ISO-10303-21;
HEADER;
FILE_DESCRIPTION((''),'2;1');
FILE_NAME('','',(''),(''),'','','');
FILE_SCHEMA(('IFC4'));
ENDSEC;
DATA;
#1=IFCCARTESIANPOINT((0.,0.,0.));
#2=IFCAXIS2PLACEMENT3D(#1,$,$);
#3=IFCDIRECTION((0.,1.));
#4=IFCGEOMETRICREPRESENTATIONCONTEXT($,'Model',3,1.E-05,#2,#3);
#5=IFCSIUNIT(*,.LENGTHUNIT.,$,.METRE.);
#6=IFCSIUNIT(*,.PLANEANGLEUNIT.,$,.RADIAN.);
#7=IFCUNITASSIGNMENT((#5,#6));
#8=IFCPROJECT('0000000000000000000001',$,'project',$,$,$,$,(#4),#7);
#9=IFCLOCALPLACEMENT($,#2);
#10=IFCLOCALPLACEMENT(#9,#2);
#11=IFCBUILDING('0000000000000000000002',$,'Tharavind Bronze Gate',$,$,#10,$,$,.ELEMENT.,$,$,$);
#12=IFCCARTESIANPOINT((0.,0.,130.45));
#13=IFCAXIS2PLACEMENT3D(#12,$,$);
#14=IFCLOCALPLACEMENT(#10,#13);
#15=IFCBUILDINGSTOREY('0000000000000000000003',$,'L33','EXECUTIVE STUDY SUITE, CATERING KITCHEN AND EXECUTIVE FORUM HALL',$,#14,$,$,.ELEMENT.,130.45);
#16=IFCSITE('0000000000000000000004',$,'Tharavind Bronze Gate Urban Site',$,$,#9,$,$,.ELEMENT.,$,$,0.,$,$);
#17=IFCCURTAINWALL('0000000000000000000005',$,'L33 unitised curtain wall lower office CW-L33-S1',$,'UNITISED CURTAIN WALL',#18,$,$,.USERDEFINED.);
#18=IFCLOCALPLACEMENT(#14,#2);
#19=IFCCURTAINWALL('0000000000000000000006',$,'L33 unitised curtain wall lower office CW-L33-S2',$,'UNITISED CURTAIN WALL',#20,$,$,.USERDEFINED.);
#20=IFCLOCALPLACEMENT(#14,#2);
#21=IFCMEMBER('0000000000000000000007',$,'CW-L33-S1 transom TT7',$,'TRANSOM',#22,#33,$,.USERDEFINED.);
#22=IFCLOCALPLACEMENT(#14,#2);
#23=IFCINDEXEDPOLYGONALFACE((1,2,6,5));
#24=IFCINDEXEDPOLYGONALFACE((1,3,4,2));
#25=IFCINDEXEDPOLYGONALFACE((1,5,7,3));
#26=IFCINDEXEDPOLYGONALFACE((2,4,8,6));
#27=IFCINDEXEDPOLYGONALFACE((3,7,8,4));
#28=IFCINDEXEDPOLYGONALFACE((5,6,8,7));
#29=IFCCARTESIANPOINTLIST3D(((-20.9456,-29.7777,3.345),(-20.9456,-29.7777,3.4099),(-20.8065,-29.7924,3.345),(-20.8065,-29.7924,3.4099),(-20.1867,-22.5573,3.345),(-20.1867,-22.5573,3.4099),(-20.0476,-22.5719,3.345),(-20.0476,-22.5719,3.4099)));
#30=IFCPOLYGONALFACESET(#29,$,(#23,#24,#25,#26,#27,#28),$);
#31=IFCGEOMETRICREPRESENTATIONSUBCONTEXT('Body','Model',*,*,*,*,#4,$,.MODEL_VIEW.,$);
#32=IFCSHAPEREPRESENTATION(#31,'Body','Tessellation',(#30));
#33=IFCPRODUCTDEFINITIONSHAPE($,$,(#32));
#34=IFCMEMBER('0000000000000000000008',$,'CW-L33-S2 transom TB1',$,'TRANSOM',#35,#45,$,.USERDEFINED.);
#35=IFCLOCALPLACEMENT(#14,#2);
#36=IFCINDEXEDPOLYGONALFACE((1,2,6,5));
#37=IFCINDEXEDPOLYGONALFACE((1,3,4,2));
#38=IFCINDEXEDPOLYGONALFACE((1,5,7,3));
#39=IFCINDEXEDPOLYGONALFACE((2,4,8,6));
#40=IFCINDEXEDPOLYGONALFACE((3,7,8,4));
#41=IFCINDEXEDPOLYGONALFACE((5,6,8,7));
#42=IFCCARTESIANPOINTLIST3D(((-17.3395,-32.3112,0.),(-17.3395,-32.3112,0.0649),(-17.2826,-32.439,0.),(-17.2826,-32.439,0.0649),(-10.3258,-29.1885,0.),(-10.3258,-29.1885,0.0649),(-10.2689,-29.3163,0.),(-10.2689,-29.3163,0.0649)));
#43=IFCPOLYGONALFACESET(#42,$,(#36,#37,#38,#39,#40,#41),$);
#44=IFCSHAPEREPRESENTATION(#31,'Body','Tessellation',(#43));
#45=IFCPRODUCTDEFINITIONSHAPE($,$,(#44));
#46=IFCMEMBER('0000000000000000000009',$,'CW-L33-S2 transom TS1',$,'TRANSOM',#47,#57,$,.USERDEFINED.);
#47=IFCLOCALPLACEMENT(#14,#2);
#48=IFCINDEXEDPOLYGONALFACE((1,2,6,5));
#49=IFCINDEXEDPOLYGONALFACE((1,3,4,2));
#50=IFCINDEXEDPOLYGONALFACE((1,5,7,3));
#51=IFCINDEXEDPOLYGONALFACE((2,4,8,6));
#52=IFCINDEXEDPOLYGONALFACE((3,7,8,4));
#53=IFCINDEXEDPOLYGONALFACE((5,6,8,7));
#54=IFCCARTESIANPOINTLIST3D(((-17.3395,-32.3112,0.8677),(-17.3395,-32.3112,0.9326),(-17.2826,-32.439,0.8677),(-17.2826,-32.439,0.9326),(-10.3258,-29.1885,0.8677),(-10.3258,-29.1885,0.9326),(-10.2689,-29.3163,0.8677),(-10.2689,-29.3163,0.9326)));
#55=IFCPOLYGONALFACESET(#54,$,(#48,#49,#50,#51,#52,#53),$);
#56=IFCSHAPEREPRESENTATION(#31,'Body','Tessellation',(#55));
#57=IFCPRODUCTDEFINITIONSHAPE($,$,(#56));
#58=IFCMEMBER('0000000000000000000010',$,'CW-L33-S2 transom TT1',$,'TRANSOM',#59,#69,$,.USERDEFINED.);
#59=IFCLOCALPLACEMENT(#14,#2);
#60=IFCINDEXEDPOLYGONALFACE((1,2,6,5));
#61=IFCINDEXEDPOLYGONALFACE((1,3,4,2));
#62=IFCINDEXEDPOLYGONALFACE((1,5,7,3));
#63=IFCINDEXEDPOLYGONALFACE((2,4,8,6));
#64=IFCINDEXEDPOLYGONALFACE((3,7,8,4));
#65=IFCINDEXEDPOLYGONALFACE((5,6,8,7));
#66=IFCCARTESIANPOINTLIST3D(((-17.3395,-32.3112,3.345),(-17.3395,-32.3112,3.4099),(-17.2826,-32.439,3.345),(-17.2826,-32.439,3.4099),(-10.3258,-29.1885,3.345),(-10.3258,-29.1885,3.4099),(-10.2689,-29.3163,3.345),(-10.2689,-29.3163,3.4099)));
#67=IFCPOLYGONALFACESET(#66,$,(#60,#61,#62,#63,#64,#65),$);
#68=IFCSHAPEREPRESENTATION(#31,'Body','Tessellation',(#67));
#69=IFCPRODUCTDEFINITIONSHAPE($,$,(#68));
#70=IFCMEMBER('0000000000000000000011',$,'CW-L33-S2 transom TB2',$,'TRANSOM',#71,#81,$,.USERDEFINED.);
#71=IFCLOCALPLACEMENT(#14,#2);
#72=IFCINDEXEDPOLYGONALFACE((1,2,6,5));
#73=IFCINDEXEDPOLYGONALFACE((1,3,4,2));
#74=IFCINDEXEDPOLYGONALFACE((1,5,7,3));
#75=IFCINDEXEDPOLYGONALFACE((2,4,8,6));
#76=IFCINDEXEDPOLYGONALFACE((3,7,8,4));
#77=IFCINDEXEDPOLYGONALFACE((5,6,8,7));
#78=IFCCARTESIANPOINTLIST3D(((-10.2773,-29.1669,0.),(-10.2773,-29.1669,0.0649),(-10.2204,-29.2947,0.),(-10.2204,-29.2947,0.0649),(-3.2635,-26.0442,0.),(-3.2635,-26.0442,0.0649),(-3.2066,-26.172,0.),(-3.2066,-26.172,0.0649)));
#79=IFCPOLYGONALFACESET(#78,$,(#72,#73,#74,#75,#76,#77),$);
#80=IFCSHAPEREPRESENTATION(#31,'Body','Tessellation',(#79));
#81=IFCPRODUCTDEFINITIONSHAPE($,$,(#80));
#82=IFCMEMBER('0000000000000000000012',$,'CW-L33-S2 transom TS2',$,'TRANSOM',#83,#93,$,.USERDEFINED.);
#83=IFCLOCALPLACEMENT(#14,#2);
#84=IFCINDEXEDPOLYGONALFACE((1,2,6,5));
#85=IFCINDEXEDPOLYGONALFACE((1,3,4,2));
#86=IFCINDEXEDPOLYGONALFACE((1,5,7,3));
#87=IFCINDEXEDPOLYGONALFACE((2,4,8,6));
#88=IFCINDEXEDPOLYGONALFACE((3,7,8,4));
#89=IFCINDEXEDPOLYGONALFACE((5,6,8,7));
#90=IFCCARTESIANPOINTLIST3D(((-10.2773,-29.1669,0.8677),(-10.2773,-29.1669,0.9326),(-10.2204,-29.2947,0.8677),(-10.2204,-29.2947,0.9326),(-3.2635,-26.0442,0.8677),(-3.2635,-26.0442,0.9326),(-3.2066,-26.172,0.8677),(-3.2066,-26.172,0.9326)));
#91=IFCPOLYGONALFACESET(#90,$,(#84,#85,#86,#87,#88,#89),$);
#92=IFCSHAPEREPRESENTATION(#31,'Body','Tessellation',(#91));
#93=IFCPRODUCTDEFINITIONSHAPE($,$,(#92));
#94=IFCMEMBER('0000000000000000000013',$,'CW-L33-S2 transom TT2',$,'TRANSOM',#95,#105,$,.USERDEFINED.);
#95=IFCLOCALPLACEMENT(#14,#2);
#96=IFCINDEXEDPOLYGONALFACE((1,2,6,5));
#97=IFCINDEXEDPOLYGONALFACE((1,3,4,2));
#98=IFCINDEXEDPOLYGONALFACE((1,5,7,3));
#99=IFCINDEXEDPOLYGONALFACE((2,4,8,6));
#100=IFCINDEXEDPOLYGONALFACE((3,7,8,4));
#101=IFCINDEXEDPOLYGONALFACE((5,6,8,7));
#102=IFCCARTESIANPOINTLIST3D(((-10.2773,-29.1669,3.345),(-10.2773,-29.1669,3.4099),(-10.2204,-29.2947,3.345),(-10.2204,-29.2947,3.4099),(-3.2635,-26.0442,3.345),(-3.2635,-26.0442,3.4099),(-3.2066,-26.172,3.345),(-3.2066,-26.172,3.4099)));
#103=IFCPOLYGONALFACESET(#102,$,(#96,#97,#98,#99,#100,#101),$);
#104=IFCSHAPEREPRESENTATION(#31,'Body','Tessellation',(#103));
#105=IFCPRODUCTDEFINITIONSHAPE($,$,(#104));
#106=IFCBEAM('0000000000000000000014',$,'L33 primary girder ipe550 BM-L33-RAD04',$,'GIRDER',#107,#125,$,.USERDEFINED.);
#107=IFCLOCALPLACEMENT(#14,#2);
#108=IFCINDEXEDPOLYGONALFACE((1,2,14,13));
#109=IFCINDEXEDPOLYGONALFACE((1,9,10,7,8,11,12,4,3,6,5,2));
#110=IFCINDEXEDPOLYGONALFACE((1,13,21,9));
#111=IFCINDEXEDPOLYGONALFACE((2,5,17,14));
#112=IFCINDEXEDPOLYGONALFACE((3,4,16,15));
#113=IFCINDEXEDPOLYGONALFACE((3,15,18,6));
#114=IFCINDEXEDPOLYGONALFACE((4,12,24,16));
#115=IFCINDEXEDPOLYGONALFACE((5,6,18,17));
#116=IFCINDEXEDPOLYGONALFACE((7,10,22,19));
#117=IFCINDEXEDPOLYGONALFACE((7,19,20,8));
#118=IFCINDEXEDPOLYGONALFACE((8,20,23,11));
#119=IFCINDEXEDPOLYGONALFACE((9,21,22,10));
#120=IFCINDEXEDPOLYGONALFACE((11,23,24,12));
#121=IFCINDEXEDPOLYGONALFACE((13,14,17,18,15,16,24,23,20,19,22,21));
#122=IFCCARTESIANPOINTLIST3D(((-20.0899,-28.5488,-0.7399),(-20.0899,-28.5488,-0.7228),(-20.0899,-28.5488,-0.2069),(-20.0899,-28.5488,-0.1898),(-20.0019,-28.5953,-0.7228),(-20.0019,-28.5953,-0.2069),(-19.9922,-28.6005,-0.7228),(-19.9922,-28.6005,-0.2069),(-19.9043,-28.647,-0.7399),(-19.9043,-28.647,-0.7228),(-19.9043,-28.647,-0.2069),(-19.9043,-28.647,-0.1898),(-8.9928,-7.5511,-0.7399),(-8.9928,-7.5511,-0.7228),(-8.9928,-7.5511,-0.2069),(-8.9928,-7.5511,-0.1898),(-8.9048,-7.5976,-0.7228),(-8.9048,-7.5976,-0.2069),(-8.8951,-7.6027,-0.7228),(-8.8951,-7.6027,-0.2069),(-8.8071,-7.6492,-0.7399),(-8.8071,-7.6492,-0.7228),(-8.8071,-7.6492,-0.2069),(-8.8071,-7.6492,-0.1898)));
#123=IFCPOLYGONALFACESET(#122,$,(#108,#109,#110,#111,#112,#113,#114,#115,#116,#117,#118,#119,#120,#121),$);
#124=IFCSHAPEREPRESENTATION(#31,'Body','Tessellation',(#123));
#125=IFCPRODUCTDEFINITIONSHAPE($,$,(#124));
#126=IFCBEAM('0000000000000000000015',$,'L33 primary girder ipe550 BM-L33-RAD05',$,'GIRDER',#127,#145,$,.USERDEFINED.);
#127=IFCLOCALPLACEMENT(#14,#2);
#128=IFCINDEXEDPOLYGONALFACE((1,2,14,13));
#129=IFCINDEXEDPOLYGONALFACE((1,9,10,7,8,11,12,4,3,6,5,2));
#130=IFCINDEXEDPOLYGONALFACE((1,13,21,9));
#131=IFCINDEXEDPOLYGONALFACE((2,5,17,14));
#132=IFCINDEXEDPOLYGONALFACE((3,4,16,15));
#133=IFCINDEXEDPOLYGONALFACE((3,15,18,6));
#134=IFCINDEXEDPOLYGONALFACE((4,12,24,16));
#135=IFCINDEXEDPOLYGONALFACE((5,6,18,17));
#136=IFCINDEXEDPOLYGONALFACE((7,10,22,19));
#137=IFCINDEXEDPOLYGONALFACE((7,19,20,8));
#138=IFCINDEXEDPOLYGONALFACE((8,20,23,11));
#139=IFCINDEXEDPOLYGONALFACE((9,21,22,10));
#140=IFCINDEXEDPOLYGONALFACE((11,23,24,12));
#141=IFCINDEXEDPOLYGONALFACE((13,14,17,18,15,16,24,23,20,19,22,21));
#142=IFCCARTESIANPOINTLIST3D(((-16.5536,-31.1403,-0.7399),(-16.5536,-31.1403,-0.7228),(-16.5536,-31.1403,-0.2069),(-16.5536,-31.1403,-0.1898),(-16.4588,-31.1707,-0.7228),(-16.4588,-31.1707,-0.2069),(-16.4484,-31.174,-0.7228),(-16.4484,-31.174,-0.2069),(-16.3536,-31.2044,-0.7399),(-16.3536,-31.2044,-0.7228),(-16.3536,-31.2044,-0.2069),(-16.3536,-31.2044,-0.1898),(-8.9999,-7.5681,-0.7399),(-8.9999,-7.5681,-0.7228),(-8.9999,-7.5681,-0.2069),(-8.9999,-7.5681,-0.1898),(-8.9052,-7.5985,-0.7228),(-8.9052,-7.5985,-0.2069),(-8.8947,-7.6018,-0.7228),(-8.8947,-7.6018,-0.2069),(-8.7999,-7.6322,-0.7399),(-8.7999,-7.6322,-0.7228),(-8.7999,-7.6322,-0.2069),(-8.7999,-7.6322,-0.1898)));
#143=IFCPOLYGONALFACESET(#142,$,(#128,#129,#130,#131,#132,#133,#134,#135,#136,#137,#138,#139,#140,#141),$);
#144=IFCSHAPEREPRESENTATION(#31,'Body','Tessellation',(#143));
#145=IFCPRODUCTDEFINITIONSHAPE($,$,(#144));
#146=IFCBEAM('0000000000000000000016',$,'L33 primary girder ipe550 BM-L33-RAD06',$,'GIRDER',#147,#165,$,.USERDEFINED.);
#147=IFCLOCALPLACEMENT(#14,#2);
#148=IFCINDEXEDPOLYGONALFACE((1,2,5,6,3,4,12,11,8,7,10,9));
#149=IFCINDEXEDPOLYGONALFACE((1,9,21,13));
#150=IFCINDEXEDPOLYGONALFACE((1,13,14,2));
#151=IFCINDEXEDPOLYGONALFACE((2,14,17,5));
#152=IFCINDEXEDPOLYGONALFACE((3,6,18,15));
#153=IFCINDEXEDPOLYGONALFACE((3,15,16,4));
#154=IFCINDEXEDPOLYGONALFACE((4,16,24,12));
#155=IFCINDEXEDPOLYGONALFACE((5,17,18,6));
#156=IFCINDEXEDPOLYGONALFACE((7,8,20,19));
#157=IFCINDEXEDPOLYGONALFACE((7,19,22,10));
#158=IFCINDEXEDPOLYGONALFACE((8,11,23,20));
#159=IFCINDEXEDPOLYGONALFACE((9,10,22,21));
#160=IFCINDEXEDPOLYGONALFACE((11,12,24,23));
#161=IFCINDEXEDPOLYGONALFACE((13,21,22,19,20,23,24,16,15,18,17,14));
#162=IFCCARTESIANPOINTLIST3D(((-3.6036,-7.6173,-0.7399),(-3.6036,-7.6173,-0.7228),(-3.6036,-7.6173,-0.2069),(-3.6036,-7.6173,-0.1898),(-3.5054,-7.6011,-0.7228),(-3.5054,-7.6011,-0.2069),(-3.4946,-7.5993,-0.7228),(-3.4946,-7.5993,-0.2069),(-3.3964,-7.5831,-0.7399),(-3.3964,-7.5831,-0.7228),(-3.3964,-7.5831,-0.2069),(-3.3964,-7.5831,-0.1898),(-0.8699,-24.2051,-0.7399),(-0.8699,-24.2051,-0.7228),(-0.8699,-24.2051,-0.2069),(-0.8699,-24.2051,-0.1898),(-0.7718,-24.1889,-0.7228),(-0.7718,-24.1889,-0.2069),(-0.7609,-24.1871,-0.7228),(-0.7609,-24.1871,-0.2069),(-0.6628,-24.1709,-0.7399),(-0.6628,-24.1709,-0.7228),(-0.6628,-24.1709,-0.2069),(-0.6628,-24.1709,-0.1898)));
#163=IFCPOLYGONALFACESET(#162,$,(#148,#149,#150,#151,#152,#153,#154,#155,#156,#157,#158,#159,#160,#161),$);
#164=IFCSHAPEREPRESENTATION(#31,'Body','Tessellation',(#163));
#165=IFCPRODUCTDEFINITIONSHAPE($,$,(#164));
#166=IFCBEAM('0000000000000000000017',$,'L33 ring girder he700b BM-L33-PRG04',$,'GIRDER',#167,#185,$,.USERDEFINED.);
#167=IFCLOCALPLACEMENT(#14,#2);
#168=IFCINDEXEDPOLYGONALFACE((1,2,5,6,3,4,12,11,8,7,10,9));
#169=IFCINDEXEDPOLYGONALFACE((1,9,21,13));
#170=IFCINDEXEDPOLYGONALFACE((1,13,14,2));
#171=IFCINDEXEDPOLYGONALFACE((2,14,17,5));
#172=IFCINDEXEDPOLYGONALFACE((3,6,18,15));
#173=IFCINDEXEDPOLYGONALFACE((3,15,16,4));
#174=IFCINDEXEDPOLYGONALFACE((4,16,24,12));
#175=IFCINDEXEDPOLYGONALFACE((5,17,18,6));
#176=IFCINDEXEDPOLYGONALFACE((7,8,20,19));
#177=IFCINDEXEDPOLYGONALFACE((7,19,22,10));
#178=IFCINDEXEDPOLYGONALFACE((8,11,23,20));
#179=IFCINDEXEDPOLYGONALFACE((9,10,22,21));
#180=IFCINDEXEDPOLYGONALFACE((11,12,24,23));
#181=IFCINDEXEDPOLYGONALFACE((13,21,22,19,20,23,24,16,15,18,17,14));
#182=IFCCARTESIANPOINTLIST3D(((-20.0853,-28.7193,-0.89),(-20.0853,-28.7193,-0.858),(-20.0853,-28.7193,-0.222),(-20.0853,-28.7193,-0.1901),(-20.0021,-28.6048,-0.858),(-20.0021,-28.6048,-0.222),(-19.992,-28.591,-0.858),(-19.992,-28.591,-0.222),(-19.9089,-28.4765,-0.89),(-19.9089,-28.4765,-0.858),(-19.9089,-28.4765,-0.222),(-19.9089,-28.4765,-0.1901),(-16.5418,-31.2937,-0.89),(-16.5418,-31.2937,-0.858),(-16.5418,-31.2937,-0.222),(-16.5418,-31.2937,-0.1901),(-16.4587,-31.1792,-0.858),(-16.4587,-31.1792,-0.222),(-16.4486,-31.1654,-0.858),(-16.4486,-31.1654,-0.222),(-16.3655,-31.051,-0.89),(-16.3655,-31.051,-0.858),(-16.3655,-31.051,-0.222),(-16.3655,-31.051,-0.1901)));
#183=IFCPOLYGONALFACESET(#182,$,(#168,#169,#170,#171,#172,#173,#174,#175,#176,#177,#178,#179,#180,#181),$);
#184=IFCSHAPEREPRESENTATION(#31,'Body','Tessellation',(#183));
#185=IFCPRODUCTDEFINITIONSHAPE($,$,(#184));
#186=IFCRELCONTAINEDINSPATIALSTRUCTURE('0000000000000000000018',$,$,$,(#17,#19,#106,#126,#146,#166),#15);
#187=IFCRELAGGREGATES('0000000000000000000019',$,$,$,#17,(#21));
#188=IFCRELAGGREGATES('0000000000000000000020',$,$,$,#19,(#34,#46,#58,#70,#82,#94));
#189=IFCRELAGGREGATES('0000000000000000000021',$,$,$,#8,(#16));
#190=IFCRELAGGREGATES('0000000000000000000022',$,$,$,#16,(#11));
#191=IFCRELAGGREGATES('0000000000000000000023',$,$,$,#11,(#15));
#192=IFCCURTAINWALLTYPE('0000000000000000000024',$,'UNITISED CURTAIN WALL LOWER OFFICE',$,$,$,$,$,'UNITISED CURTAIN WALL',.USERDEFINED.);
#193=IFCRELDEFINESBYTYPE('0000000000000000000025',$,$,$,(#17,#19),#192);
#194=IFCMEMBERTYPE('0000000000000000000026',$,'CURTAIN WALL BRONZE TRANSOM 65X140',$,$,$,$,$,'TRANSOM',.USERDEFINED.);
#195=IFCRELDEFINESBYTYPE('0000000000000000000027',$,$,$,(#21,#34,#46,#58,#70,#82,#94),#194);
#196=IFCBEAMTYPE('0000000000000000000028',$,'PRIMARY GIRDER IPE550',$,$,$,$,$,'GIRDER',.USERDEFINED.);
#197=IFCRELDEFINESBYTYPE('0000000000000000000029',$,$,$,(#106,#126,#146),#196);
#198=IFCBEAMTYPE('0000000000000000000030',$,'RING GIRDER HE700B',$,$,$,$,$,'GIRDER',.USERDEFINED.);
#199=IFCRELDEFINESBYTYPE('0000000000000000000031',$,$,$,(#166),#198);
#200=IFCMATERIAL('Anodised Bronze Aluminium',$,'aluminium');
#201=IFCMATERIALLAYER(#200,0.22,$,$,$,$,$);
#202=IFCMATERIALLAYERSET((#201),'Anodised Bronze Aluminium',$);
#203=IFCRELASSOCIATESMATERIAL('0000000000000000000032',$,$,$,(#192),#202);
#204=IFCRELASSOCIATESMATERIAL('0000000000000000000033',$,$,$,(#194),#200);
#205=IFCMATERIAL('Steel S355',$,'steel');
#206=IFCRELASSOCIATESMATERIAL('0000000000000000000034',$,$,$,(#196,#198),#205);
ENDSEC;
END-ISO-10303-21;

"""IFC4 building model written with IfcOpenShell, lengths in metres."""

from ifc_helpers import new_model, si_unit, direction, frame, origin, origin_2d, place, context, subcontext, project, spatial, rectangle, i_section, extrude, material, layer, layer_set, material_profile, profile_set, type_object, element, aggregate, save


model = new_model("IFC4")

# Units and contexts
model_context = context("Model", 3, precision=1e-05, world=origin(), true_north=direction((0.0, 1.0)))
body_context = subcontext(model_context, "Body", "Model", "MODEL_VIEW")
ifc_project = project(units=[si_unit("LENGTHUNIT", "METRE"), si_unit("PLANEANGLEUNIT", "RADIAN")], contexts=[model_context])

# Site, building, storey
site_placement = place(None, origin())
site = spatial("IfcSite", under=ifc_project, at=site_placement, Name="Tharavind Bronze Gate Urban Site", CompositionType="ELEMENT", RefElevation=0.0)
building_placement = place(site_placement, origin())
building = spatial("IfcBuilding", under=site, at=building_placement, Name="Tharavind Bronze Gate", CompositionType="ELEMENT")
storey_placement = place(building_placement, frame((0.0, 0.0, 130.45)))
storey = spatial("IfcBuildingStorey", under=building, at=storey_placement, Name="L33", Description="EXECUTIVE STUDY SUITE, CATERING KITCHEN AND EXECUTIVE FORUM HALL", CompositionType="ELEMENT", Elevation=130.45)

# Curtain walls
ifc_material_1 = material(Name="Anodised Bronze Aluminium", Category="aluminium")
ifc_layer_1 = layer(ifc_material_1, 0.22)
ifc_layer_set_1 = layer_set([ifc_layer_1], Name="Anodised Bronze Aluminium")
curtain_wall_type = type_object("IfcCurtainWallType", Name="UNITISED CURTAIN WALL LOWER OFFICE", ElementType="UNITISED CURTAIN WALL", PredefinedType="USERDEFINED", material=ifc_layer_set_1)
curtain_wall_1_placement = place(storey_placement, origin())
curtain_wall_1 = element("IfcCurtainWall", 1, at=curtain_wall_1_placement, inside=storey, type_object=curtain_wall_type, Name="L33 unitised curtain wall lower office CW-L33-S1", ObjectType="UNITISED CURTAIN WALL", PredefinedType="USERDEFINED")
curtain_wall_2_placement = place(storey_placement, origin())
curtain_wall_2 = element("IfcCurtainWall", 2, at=curtain_wall_2_placement, inside=storey, type_object=curtain_wall_type, Name="L33 unitised curtain wall lower office CW-L33-S2", ObjectType="UNITISED CURTAIN WALL", PredefinedType="USERDEFINED")

# Members
member_type_1 = type_object("IfcMemberType", Name="CURTAIN WALL BRONZE TRANSOM 65X140", ElementType="TRANSOM", PredefinedType="USERDEFINED", material=ifc_material_1)
member_1_placement = place(storey_placement, frame((-20.4966, -26.1748, 3.345), z_axis=(0.0, 0.0, 1.0), x_axis=(-0.104527, -0.994522, 0.0)))
member_1 = element("IfcMember", 3, at=member_1_placement, type_object=member_type_1, Name="CW-L33-S1 transom TT7", ObjectType="TRANSOM", PredefinedType="USERDEFINED", context=body_context, shape_type="SweptSolid", body=[
    extrude(rectangle(XDim=7.2603, YDim=0.1399, at=origin_2d()), origin(), (0.0, 0.0, 1.0), 0.0649),
])
member_2_placement = place(storey_placement, frame((-13.8042, -30.8137, 0.0), z_axis=(0.0, 0.0, 1.0), x_axis=(0.913545, 0.406737, 0.0)))
member_2 = element("IfcMember", 4, at=member_2_placement, type_object=member_type_1, Name="CW-L33-S2 transom TB1", ObjectType="TRANSOM", PredefinedType="USERDEFINED", context=body_context, shape_type="SweptSolid", body=[
    extrude(rectangle(XDim=7.6775, YDim=0.1399, at=origin_2d()), origin(), (0.0, 0.0, 1.0), 0.0649),
])
member_3_placement = place(storey_placement, frame((-13.8042, -30.8137, 0.8677), z_axis=(0.0, 0.0, 1.0), x_axis=(0.913545, 0.406737, 0.0)))
member_3 = element("IfcMember", 5, at=member_3_placement, type_object=member_type_1, Name="CW-L33-S2 transom TS1", ObjectType="TRANSOM", PredefinedType="USERDEFINED", context=body_context, shape_type="SweptSolid", body=[
    extrude(rectangle(XDim=7.6775, YDim=0.1399, at=origin_2d()), origin(), (0.0, 0.0, 1.0), 0.0649),
])
member_4_placement = place(storey_placement, frame((-13.8042, -30.8137, 3.345), z_axis=(0.0, 0.0, 1.0), x_axis=(0.913545, 0.406737, 0.0)))
member_4 = element("IfcMember", 6, at=member_4_placement, type_object=member_type_1, Name="CW-L33-S2 transom TT1", ObjectType="TRANSOM", PredefinedType="USERDEFINED", context=body_context, shape_type="SweptSolid", body=[
    extrude(rectangle(XDim=7.6775, YDim=0.1399, at=origin_2d()), origin(), (0.0, 0.0, 1.0), 0.0649),
])
member_5_placement = place(storey_placement, frame((-6.7419, -27.6694, 0.0), z_axis=(0.0, 0.0, 1.0), x_axis=(0.913545, 0.406737, 0.0)))
member_5 = element("IfcMember", 7, at=member_5_placement, type_object=member_type_1, Name="CW-L33-S2 transom TB2", ObjectType="TRANSOM", PredefinedType="USERDEFINED", context=body_context, shape_type="SweptSolid", body=[
    extrude(rectangle(XDim=7.6775, YDim=0.1399, at=origin_2d()), origin(), (0.0, 0.0, 1.0), 0.0649),
])
member_6_placement = place(storey_placement, frame((-6.7419, -27.6694, 0.8677), z_axis=(0.0, 0.0, 1.0), x_axis=(0.913545, 0.406737, 0.0)))
member_6 = element("IfcMember", 8, at=member_6_placement, type_object=member_type_1, Name="CW-L33-S2 transom TS2", ObjectType="TRANSOM", PredefinedType="USERDEFINED", context=body_context, shape_type="SweptSolid", body=[
    extrude(rectangle(XDim=7.6775, YDim=0.1399, at=origin_2d()), origin(), (0.0, 0.0, 1.0), 0.0649),
])
member_7_placement = place(storey_placement, frame((-6.7419, -27.6694, 3.345), z_axis=(0.0, 0.0, 1.0), x_axis=(0.913545, 0.406737, 0.0)))
member_7 = element("IfcMember", 9, at=member_7_placement, type_object=member_type_1, Name="CW-L33-S2 transom TT2", ObjectType="TRANSOM", PredefinedType="USERDEFINED", context=body_context, shape_type="SweptSolid", body=[
    extrude(rectangle(XDim=7.6775, YDim=0.1399, at=origin_2d()), origin(), (0.0, 0.0, 1.0), 0.0649),
])

# Beams
ifc_material_2 = material(Name="Steel S355", Category="steel")
ifc_material_profile_1 = material_profile(ifc_material_2, i_section(OverallWidth=0.21, OverallDepth=0.55, WebThickness=0.011, FlangeThickness=0.0171, at=origin_2d()), Name="IPE550")
ifc_profile_set_1 = profile_set([ifc_material_profile_1], Name="Steel S355")
beam_type_1 = type_object("IfcBeamType", Name="PRIMARY GIRDER IPE550", ElementType="GIRDER", PredefinedType="USERDEFINED", material=ifc_profile_set_1)
beam_1_placement = place(storey_placement, frame((-19.9971, -28.5979, -0.4648), z_axis=(0.467252, 0.884124, 0.0), x_axis=(-0.884124, 0.467252, 0.0)))
element("IfcBeam", 10, at=beam_1_placement, inside=storey, type_object=beam_type_1, Name="L33 primary girder ipe550 BM-L33-RAD04", ObjectType="GIRDER", PredefinedType="USERDEFINED", context=body_context, shape_type="SweptSolid", body=[
    extrude(i_section(OverallWidth=0.21, OverallDepth=0.55, WebThickness=0.011, FlangeThickness=0.0171, at=origin_2d()), origin(), (0.0, 0.0, 1.0), 23.7498),
])
beam_2_placement = place(storey_placement, frame((-16.4536, -31.1724, -0.4648), z_axis=(0.305164, 0.9523, 0.0), x_axis=(-0.9523, 0.305164, 0.0)))
element("IfcBeam", 11, at=beam_2_placement, inside=storey, type_object=beam_type_1, Name="L33 primary girder ipe550 BM-L33-RAD05", ObjectType="GIRDER", PredefinedType="USERDEFINED", context=body_context, shape_type="SweptSolid", body=[
    extrude(i_section(OverallWidth=0.21, OverallDepth=0.55, WebThickness=0.011, FlangeThickness=0.0171, at=origin_2d()), origin(), (0.0, 0.0, 1.0), 24.7529),
])
beam_3_placement = place(storey_placement, frame((-0.7664, -24.188, -0.4648), z_axis=(-0.162604, 0.986691, 0.0), x_axis=(-0.986691, -0.162604, 0.0)))
element("IfcBeam", 12, at=beam_3_placement, inside=storey, type_object=beam_type_1, Name="L33 primary girder ipe550 BM-L33-RAD06", ObjectType="GIRDER", PredefinedType="USERDEFINED", context=body_context, shape_type="SweptSolid", body=[
    extrude(i_section(OverallWidth=0.21, OverallDepth=0.55, WebThickness=0.011, FlangeThickness=0.0171, at=origin_2d()), origin(), (0.0, 0.0, 1.0), 16.8115),
])
ifc_material_profile_2 = material_profile(ifc_material_2, i_section(OverallWidth=0.3, OverallDepth=0.7, WebThickness=0.0171, FlangeThickness=0.032, at=origin_2d()), Name="HE700B")
ifc_profile_set_2 = profile_set([ifc_material_profile_2], Name="Steel S355")
beam_type_2 = type_object("IfcBeamType", Name="RING GIRDER HE700B", ElementType="GIRDER", PredefinedType="USERDEFINED", material=ifc_profile_set_2)
beam_4_placement = place(storey_placement, frame((-19.9971, -28.5979, -0.54), z_axis=(0.809018, -0.587784, 0.0), x_axis=(0.587784, 0.809018, 0.0)))
element("IfcBeam", 13, at=beam_4_placement, inside=storey, type_object=beam_type_2, Name="L33 ring girder he700b BM-L33-PRG04", ObjectType="GIRDER", PredefinedType="USERDEFINED", context=body_context, shape_type="SweptSolid", body=[
    extrude(i_section(OverallWidth=0.3, OverallDepth=0.7, WebThickness=0.0171, FlangeThickness=0.032, at=origin_2d()), origin(), (0.0, 0.0, 1.0), 4.3799),
])

aggregate(curtain_wall_1, [member_1])
aggregate(curtain_wall_2, [member_2, member_3, member_4, member_5, member_6, member_7])

save(model, "model.ifc")
